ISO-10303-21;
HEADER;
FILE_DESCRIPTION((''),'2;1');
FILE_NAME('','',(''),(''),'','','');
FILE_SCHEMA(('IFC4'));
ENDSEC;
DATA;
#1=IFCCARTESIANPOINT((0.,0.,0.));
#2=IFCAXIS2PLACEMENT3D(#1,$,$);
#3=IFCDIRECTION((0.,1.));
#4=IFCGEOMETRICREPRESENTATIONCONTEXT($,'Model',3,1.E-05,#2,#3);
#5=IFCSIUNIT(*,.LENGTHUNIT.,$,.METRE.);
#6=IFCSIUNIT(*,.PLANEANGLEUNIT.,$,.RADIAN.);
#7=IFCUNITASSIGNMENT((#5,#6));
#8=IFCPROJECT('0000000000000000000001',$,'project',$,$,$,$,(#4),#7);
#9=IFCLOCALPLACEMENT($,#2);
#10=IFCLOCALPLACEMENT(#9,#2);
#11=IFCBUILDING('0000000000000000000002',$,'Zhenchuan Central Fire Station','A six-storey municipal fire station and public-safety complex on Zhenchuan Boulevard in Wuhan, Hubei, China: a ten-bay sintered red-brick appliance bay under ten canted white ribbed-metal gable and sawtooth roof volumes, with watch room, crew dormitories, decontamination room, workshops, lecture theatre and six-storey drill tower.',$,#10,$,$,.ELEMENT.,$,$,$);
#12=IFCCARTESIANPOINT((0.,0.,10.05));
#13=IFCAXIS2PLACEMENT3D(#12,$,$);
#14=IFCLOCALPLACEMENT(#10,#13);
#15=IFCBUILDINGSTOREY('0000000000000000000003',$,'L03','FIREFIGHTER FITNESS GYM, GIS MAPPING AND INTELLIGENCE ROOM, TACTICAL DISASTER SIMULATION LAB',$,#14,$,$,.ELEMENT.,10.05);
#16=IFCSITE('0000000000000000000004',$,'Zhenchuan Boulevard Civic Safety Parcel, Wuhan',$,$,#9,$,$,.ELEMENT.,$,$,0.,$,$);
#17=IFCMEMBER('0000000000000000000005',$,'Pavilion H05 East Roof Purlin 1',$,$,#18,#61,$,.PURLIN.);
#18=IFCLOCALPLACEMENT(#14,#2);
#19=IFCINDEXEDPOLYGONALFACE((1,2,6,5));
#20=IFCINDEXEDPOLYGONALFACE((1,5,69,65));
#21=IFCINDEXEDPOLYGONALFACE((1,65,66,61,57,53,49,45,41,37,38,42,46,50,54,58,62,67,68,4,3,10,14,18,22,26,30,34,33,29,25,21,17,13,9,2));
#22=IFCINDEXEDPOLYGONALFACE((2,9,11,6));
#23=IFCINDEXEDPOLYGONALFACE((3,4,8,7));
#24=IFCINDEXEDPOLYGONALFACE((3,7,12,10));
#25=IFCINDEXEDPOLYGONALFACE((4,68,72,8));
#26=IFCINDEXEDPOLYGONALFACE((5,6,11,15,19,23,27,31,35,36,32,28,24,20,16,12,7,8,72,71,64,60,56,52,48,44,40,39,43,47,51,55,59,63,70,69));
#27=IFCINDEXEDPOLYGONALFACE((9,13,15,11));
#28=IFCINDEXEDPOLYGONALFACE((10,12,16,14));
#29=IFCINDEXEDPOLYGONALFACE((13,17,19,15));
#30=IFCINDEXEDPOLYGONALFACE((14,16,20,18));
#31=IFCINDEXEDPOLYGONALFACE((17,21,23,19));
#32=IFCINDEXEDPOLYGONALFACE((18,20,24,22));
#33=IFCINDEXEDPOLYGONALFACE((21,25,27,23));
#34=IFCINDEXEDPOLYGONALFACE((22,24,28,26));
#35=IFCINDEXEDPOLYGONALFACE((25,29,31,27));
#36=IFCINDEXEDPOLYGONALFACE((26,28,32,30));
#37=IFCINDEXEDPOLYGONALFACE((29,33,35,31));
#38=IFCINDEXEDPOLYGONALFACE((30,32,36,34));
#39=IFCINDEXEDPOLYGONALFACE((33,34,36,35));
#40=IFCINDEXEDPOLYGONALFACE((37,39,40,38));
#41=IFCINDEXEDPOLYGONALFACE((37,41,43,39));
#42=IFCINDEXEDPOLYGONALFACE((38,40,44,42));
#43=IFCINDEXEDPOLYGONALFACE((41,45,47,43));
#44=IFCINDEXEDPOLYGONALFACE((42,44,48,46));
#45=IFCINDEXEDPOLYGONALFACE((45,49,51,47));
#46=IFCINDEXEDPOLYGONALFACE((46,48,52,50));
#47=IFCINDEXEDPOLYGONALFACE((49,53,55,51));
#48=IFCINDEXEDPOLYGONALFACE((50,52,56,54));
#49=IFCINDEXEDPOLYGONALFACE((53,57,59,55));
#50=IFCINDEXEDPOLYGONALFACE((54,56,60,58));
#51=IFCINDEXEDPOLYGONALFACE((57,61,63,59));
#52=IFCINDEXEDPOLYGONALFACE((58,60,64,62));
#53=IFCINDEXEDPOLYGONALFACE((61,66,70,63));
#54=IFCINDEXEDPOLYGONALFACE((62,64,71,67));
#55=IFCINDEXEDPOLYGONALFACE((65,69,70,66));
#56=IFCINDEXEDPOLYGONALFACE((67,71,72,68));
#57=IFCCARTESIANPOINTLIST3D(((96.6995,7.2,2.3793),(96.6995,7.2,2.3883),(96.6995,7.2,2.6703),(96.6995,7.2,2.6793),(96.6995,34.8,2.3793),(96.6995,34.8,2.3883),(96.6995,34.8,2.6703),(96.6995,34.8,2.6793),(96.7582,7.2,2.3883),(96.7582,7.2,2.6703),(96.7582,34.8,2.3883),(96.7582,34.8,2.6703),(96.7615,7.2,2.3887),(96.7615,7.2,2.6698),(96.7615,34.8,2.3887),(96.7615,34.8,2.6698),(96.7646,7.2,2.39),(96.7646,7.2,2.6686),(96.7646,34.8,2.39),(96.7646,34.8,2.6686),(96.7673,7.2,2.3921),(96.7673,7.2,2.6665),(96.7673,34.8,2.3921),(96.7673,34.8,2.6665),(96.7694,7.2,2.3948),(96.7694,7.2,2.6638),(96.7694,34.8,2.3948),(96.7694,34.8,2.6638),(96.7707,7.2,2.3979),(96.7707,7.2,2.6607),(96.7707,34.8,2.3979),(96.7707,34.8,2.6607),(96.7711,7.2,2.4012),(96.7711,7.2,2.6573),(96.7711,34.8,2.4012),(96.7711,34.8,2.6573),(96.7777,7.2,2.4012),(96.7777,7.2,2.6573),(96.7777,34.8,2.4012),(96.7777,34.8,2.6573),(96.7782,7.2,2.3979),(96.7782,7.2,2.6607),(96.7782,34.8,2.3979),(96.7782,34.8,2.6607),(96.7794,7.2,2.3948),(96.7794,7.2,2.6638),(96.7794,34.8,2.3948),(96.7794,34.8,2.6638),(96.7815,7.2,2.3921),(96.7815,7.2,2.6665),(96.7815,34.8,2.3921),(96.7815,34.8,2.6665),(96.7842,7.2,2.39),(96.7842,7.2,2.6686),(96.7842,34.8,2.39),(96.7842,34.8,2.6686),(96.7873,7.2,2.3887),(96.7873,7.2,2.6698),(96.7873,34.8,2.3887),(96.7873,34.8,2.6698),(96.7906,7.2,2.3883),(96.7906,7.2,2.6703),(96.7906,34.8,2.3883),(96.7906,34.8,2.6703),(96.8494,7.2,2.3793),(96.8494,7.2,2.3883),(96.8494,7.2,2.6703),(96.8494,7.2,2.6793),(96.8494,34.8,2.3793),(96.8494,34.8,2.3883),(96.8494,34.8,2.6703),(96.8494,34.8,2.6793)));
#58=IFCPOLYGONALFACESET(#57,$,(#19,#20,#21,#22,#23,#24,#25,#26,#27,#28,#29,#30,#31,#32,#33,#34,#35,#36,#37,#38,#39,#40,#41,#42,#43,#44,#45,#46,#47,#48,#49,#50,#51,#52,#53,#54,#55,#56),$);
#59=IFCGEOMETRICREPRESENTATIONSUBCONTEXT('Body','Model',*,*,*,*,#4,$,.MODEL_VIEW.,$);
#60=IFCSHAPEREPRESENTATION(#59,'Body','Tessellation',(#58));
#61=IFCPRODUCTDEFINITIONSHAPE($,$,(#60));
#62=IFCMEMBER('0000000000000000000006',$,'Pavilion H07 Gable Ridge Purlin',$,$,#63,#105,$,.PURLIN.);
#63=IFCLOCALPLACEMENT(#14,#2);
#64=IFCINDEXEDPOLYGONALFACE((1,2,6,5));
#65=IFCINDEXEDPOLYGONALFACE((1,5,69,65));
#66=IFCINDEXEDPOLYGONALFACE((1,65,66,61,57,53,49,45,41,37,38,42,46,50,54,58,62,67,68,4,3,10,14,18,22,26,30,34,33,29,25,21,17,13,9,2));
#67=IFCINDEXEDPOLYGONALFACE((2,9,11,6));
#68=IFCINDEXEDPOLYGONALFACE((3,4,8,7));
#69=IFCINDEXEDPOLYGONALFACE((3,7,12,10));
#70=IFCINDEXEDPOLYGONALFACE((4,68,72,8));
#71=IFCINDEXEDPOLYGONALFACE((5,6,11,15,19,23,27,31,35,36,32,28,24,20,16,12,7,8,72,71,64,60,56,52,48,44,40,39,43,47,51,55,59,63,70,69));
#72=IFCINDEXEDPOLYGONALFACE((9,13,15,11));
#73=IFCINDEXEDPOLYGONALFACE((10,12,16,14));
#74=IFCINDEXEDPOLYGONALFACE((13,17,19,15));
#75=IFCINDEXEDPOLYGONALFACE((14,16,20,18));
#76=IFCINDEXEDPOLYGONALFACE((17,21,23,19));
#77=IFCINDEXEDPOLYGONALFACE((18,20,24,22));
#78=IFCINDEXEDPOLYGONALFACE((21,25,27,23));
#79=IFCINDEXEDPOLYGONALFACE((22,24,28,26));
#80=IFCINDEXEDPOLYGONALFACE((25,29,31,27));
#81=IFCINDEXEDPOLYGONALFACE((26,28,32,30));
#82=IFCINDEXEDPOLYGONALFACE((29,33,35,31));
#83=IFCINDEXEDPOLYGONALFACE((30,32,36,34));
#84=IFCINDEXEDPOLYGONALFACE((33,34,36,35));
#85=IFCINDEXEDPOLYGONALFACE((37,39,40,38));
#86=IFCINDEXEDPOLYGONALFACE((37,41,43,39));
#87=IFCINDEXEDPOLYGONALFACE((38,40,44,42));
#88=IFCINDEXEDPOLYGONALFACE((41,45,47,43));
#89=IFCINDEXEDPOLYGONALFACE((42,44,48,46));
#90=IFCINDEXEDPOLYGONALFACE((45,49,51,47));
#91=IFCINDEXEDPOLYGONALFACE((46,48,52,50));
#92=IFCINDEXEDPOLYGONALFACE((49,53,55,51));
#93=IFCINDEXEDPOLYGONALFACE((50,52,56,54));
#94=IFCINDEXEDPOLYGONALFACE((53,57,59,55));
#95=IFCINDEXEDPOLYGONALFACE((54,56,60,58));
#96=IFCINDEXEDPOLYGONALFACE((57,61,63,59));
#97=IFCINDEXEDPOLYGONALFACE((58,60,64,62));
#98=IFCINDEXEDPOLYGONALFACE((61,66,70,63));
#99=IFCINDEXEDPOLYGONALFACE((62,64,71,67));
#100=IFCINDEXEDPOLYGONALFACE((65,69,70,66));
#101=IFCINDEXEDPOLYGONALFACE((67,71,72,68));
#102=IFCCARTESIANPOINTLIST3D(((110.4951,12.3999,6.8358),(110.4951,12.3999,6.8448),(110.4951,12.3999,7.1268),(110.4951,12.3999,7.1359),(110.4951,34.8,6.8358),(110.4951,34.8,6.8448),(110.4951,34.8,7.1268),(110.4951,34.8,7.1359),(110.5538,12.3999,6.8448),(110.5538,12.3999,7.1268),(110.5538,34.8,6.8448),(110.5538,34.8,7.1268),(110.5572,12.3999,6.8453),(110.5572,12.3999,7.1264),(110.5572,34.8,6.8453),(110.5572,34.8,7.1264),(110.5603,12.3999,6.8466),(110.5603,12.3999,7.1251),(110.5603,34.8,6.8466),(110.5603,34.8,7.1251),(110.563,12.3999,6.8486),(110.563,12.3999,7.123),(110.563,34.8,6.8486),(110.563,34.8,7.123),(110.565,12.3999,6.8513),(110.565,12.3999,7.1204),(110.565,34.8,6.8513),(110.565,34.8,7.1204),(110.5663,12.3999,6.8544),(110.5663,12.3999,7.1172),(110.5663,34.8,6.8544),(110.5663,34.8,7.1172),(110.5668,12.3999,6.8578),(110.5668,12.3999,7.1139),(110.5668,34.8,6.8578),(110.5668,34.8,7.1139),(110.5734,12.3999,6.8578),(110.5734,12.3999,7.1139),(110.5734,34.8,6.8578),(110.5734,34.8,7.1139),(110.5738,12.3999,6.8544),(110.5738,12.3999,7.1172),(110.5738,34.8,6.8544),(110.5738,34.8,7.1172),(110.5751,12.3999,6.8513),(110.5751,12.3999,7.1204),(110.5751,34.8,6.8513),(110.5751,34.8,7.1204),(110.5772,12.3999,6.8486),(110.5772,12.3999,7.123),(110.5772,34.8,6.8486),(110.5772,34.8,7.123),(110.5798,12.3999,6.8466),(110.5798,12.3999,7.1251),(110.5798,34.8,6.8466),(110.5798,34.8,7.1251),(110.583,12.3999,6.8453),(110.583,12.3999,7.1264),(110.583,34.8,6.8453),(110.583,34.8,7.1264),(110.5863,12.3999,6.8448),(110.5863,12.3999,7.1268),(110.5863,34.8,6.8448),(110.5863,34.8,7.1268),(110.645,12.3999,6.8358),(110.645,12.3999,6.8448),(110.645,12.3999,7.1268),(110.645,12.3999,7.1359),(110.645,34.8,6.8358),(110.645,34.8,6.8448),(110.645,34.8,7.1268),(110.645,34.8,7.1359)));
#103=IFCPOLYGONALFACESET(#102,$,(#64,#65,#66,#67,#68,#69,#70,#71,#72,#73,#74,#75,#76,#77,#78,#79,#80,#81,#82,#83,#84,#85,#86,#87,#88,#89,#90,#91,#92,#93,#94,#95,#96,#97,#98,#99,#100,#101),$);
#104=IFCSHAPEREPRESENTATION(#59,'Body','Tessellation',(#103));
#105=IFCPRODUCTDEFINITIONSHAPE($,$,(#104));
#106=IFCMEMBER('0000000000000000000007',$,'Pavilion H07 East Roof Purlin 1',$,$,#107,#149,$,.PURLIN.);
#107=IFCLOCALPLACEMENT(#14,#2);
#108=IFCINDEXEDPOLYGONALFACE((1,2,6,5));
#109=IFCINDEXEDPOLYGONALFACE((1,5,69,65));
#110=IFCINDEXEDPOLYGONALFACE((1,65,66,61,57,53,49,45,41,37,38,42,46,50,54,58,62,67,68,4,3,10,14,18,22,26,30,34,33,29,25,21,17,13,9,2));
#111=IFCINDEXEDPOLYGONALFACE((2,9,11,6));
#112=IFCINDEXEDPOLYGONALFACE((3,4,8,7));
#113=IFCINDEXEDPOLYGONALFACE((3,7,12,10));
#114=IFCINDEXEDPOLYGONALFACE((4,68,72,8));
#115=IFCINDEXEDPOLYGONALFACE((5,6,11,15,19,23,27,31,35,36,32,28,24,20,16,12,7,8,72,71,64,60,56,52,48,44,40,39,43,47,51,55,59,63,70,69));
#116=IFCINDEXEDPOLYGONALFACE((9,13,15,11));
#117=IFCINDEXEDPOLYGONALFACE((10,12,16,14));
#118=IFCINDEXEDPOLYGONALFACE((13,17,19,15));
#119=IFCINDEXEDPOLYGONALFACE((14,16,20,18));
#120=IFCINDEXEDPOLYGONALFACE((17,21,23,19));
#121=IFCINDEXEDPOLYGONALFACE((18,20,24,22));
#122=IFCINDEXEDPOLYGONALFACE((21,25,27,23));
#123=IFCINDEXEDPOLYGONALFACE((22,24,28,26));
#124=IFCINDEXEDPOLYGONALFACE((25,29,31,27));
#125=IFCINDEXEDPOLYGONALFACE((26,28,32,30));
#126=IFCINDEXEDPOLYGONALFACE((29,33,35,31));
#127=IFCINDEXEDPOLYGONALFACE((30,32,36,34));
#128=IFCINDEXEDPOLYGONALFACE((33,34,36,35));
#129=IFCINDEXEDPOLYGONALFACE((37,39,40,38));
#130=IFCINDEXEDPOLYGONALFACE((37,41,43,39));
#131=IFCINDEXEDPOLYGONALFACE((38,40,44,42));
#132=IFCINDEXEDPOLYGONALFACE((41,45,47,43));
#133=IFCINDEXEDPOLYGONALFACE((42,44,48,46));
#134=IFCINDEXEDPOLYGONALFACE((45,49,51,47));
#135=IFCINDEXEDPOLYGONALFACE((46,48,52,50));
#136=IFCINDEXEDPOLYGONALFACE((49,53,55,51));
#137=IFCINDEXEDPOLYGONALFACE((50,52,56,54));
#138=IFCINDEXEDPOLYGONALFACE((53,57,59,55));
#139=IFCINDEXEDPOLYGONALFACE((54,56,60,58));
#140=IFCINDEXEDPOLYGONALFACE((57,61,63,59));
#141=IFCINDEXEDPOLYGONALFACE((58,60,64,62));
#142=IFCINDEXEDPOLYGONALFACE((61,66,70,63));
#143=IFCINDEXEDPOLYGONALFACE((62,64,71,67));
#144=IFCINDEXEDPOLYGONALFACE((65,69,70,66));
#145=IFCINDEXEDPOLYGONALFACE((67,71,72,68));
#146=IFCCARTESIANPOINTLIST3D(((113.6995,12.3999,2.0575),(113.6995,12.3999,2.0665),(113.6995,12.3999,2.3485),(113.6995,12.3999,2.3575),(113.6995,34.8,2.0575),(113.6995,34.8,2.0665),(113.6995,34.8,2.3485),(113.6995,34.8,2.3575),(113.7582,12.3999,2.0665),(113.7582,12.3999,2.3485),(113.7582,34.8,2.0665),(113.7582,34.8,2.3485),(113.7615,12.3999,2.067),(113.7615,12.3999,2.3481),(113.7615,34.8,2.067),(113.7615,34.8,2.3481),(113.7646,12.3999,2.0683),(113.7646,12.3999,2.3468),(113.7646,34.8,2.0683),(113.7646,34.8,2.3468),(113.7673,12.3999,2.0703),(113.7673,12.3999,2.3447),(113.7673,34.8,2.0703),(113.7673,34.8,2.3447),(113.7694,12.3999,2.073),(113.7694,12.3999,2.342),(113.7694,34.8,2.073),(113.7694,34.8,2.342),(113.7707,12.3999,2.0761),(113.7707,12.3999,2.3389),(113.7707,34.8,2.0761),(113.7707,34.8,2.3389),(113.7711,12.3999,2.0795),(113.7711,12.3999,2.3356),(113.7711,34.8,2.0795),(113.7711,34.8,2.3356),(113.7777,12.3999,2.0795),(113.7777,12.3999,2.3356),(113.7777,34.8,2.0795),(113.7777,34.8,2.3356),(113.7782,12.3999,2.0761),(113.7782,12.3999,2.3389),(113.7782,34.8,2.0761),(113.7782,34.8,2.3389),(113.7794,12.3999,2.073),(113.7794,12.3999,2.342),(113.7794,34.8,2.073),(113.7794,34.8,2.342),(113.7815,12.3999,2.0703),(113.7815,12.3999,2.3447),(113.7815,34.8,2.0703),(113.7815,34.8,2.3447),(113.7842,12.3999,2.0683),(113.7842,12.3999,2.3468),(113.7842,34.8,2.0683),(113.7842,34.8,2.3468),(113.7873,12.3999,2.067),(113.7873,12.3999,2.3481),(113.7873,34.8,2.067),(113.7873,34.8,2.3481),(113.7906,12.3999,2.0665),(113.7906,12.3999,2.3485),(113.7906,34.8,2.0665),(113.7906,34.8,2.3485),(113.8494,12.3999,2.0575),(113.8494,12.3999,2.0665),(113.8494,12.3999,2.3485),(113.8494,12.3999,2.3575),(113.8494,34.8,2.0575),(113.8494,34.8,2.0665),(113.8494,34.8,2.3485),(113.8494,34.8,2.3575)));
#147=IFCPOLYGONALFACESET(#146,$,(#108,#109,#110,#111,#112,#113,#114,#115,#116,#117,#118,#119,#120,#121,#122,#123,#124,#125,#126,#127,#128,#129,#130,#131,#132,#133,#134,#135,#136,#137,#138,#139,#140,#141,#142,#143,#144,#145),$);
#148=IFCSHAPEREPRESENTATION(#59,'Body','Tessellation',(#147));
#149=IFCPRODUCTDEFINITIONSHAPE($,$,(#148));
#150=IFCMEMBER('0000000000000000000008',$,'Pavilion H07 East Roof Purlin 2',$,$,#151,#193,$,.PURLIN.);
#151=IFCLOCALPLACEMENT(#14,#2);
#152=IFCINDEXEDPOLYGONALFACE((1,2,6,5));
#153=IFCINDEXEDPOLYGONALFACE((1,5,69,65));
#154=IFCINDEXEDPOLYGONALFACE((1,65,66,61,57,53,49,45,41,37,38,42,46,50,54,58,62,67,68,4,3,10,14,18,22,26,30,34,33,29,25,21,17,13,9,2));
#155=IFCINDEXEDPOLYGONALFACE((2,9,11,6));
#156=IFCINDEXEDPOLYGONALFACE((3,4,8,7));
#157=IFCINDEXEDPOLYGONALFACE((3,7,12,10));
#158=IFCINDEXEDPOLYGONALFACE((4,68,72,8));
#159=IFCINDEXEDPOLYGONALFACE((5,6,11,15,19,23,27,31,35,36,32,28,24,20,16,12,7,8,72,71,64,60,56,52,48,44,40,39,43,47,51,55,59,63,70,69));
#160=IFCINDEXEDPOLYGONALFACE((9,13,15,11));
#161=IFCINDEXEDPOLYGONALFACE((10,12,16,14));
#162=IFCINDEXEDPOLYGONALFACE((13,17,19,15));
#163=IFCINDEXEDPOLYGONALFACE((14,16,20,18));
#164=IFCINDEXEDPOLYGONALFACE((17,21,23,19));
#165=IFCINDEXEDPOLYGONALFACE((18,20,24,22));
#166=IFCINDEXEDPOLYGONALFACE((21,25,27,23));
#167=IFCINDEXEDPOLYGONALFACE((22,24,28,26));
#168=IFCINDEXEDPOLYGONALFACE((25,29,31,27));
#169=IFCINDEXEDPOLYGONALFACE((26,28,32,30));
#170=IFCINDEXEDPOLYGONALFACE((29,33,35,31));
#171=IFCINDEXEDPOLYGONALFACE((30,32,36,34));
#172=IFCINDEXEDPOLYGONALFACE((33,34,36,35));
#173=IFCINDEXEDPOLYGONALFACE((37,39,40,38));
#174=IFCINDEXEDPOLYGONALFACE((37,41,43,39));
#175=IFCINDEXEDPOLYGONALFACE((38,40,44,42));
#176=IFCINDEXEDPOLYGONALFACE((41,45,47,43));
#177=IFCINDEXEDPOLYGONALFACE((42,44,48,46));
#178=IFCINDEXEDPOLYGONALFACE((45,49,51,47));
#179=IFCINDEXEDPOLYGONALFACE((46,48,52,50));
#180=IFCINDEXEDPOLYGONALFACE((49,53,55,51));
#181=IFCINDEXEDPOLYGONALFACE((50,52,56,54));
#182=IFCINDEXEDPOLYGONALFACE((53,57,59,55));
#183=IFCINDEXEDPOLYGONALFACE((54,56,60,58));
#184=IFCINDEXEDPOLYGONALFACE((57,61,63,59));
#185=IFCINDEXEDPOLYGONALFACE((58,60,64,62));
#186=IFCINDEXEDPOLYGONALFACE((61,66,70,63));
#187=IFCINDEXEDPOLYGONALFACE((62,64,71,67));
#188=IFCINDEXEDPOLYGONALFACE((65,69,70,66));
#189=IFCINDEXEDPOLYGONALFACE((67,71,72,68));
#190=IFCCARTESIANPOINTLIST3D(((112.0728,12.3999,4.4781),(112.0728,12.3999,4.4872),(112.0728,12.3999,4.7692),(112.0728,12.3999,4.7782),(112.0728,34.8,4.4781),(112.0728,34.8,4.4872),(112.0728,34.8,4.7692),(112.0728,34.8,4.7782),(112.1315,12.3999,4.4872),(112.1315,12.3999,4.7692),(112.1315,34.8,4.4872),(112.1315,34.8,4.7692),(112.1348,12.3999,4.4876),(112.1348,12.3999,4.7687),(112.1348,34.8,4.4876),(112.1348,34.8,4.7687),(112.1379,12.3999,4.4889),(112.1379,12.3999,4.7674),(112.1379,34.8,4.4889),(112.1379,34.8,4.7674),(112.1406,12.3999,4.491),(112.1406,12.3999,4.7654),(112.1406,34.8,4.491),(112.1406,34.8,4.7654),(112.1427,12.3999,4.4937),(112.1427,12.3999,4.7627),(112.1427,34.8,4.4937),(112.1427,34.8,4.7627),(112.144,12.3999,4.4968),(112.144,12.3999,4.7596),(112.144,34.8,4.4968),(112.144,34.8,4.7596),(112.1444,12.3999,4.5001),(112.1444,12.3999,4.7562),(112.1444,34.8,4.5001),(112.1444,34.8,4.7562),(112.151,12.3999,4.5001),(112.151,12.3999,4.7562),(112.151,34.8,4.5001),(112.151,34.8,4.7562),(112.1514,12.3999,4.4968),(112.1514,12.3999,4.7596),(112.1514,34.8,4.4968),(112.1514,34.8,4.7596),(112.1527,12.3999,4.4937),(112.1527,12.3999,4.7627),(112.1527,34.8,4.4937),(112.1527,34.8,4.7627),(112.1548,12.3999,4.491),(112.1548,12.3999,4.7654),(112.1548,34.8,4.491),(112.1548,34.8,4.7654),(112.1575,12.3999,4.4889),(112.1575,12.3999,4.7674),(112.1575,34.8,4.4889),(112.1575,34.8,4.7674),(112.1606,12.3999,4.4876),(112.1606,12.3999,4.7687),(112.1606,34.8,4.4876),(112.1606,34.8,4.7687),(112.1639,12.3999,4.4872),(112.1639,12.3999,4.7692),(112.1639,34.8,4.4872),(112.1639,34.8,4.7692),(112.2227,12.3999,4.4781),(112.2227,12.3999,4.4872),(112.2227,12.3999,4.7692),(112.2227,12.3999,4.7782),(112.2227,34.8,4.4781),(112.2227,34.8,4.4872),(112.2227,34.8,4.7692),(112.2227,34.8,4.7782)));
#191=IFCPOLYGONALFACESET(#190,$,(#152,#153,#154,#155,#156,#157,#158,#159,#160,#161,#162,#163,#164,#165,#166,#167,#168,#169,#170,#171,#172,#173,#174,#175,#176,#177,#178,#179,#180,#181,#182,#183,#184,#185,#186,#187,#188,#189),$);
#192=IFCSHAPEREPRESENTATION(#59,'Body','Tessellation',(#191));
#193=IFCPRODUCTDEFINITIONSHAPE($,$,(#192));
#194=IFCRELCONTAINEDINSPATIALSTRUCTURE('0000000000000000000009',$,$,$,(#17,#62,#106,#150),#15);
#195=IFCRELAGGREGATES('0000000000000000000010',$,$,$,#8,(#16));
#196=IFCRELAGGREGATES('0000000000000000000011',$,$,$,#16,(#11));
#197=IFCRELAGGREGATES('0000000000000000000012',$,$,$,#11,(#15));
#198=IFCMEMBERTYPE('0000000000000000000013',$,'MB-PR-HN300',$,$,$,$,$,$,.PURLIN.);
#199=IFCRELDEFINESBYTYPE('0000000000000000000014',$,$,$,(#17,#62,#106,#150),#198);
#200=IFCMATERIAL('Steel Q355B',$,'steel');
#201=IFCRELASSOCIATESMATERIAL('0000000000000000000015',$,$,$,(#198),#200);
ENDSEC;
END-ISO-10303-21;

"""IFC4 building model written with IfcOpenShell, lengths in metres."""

from ifc_helpers import new_model, si_unit, direction, frame, origin, origin_2d, place, context, subcontext, project, spatial, i_section, extrude, material, material_profile, profile_set, type_object, element, save


model = new_model("IFC4")

# Units and contexts
model_context = context("Model", 3, precision=1e-05, world=origin(), true_north=direction((0.0, 1.0)))
body_context = subcontext(model_context, "Body", "Model", "MODEL_VIEW")
ifc_project = project(units=[si_unit("LENGTHUNIT", "METRE"), si_unit("PLANEANGLEUNIT", "RADIAN")], contexts=[model_context])

# Site, building, storey
site_placement = place(None, origin())
site = spatial("IfcSite", under=ifc_project, at=site_placement, Name="Zhenchuan Boulevard Civic Safety Parcel, Wuhan", CompositionType="ELEMENT", RefElevation=0.0)
building_placement = place(site_placement, origin())
building = spatial("IfcBuilding", under=site, at=building_placement, Name="Zhenchuan Central Fire Station", Description="A six-storey municipal fire station and public-safety complex on Zhenchuan Boulevard in Wuhan, Hubei, China: a ten-bay sintered red-brick appliance bay under ten canted white ribbed-metal gable and sawtooth roof volumes, with watch room, crew dormitories, decontamination room, workshops, lecture theatre and six-storey drill tower.", CompositionType="ELEMENT")
storey_placement = place(building_placement, frame((0.0, 0.0, 10.05)))
storey = spatial("IfcBuildingStorey", under=building, at=storey_placement, Name="L03", Description="FIREFIGHTER FITNESS GYM, GIS MAPPING AND INTELLIGENCE ROOM, TACTICAL DISASTER SIMULATION LAB", CompositionType="ELEMENT", Elevation=10.05)

# Members
ifc_material_1 = material(Name="Steel Q355B", Category="steel")
ifc_material_profile_1 = material_profile(ifc_material_1, i_section(OverallWidth=0.1499, OverallDepth=0.3, WebThickness=0.0066, FlangeThickness=0.009, FilletRadius=0.0129, at=origin_2d()), Name="HN 300x150")
ifc_profile_set_1 = profile_set([ifc_material_profile_1], Name="Steel Q355B")
member_type_1 = type_object("IfcMemberType", Name="MB-PR-HN300", PredefinedType="PURLIN", material=ifc_profile_set_1)
member_1_placement = place(storey_placement, frame((96.7744, 7.2, 2.5293), z_axis=(0.0, 1.0, 0.0), x_axis=(-1.0, 0.0, 0.0)))
element("IfcMember", 1, at=member_1_placement, inside=storey, type_object=member_type_1, Name="Pavilion H05 East Roof Purlin 1", PredefinedType="PURLIN", context=body_context, shape_type="SweptSolid", body=[
    extrude(i_section(OverallWidth=0.1499, OverallDepth=0.3, WebThickness=0.0066, FlangeThickness=0.009, FilletRadius=0.0129, at=origin_2d()), origin(), (0.0, 0.0, 1.0), 27.6001),
])
for number, where, z_axis, x_axis, name in (
    (2, (110.5701, 12.3999, 6.9858), (0.0, 1.0, 0.0), (-1.0, 0.0, 0.0), "Pavilion H07 Gable Ridge Purlin"),
    (3, (113.7744, 12.3999, 2.2075), (0.0, 1.0, 0.0), (-1.0, 0.0, 0.0), "Pavilion H07 East Roof Purlin 1"),
    (4, (112.1477, 12.3999, 4.6282), (0.0, 1.0, 0.0), (-1.0, 0.0, 0.0), "Pavilion H07 East Roof Purlin 2"),
):
    element("IfcMember", number, at=place(storey_placement, frame(where, z_axis=z_axis, x_axis=x_axis)), inside=storey, type_object=member_type_1, Name=name, PredefinedType="PURLIN", context=body_context, shape_type="SweptSolid", body=[
        extrude(i_section(OverallWidth=0.1499, OverallDepth=0.3, WebThickness=0.0066, FlangeThickness=0.009, FilletRadius=0.0129, at=origin_2d()), origin(), (0.0, 0.0, 1.0), 22.4001),
    ])

save(model, "model.ifc")
